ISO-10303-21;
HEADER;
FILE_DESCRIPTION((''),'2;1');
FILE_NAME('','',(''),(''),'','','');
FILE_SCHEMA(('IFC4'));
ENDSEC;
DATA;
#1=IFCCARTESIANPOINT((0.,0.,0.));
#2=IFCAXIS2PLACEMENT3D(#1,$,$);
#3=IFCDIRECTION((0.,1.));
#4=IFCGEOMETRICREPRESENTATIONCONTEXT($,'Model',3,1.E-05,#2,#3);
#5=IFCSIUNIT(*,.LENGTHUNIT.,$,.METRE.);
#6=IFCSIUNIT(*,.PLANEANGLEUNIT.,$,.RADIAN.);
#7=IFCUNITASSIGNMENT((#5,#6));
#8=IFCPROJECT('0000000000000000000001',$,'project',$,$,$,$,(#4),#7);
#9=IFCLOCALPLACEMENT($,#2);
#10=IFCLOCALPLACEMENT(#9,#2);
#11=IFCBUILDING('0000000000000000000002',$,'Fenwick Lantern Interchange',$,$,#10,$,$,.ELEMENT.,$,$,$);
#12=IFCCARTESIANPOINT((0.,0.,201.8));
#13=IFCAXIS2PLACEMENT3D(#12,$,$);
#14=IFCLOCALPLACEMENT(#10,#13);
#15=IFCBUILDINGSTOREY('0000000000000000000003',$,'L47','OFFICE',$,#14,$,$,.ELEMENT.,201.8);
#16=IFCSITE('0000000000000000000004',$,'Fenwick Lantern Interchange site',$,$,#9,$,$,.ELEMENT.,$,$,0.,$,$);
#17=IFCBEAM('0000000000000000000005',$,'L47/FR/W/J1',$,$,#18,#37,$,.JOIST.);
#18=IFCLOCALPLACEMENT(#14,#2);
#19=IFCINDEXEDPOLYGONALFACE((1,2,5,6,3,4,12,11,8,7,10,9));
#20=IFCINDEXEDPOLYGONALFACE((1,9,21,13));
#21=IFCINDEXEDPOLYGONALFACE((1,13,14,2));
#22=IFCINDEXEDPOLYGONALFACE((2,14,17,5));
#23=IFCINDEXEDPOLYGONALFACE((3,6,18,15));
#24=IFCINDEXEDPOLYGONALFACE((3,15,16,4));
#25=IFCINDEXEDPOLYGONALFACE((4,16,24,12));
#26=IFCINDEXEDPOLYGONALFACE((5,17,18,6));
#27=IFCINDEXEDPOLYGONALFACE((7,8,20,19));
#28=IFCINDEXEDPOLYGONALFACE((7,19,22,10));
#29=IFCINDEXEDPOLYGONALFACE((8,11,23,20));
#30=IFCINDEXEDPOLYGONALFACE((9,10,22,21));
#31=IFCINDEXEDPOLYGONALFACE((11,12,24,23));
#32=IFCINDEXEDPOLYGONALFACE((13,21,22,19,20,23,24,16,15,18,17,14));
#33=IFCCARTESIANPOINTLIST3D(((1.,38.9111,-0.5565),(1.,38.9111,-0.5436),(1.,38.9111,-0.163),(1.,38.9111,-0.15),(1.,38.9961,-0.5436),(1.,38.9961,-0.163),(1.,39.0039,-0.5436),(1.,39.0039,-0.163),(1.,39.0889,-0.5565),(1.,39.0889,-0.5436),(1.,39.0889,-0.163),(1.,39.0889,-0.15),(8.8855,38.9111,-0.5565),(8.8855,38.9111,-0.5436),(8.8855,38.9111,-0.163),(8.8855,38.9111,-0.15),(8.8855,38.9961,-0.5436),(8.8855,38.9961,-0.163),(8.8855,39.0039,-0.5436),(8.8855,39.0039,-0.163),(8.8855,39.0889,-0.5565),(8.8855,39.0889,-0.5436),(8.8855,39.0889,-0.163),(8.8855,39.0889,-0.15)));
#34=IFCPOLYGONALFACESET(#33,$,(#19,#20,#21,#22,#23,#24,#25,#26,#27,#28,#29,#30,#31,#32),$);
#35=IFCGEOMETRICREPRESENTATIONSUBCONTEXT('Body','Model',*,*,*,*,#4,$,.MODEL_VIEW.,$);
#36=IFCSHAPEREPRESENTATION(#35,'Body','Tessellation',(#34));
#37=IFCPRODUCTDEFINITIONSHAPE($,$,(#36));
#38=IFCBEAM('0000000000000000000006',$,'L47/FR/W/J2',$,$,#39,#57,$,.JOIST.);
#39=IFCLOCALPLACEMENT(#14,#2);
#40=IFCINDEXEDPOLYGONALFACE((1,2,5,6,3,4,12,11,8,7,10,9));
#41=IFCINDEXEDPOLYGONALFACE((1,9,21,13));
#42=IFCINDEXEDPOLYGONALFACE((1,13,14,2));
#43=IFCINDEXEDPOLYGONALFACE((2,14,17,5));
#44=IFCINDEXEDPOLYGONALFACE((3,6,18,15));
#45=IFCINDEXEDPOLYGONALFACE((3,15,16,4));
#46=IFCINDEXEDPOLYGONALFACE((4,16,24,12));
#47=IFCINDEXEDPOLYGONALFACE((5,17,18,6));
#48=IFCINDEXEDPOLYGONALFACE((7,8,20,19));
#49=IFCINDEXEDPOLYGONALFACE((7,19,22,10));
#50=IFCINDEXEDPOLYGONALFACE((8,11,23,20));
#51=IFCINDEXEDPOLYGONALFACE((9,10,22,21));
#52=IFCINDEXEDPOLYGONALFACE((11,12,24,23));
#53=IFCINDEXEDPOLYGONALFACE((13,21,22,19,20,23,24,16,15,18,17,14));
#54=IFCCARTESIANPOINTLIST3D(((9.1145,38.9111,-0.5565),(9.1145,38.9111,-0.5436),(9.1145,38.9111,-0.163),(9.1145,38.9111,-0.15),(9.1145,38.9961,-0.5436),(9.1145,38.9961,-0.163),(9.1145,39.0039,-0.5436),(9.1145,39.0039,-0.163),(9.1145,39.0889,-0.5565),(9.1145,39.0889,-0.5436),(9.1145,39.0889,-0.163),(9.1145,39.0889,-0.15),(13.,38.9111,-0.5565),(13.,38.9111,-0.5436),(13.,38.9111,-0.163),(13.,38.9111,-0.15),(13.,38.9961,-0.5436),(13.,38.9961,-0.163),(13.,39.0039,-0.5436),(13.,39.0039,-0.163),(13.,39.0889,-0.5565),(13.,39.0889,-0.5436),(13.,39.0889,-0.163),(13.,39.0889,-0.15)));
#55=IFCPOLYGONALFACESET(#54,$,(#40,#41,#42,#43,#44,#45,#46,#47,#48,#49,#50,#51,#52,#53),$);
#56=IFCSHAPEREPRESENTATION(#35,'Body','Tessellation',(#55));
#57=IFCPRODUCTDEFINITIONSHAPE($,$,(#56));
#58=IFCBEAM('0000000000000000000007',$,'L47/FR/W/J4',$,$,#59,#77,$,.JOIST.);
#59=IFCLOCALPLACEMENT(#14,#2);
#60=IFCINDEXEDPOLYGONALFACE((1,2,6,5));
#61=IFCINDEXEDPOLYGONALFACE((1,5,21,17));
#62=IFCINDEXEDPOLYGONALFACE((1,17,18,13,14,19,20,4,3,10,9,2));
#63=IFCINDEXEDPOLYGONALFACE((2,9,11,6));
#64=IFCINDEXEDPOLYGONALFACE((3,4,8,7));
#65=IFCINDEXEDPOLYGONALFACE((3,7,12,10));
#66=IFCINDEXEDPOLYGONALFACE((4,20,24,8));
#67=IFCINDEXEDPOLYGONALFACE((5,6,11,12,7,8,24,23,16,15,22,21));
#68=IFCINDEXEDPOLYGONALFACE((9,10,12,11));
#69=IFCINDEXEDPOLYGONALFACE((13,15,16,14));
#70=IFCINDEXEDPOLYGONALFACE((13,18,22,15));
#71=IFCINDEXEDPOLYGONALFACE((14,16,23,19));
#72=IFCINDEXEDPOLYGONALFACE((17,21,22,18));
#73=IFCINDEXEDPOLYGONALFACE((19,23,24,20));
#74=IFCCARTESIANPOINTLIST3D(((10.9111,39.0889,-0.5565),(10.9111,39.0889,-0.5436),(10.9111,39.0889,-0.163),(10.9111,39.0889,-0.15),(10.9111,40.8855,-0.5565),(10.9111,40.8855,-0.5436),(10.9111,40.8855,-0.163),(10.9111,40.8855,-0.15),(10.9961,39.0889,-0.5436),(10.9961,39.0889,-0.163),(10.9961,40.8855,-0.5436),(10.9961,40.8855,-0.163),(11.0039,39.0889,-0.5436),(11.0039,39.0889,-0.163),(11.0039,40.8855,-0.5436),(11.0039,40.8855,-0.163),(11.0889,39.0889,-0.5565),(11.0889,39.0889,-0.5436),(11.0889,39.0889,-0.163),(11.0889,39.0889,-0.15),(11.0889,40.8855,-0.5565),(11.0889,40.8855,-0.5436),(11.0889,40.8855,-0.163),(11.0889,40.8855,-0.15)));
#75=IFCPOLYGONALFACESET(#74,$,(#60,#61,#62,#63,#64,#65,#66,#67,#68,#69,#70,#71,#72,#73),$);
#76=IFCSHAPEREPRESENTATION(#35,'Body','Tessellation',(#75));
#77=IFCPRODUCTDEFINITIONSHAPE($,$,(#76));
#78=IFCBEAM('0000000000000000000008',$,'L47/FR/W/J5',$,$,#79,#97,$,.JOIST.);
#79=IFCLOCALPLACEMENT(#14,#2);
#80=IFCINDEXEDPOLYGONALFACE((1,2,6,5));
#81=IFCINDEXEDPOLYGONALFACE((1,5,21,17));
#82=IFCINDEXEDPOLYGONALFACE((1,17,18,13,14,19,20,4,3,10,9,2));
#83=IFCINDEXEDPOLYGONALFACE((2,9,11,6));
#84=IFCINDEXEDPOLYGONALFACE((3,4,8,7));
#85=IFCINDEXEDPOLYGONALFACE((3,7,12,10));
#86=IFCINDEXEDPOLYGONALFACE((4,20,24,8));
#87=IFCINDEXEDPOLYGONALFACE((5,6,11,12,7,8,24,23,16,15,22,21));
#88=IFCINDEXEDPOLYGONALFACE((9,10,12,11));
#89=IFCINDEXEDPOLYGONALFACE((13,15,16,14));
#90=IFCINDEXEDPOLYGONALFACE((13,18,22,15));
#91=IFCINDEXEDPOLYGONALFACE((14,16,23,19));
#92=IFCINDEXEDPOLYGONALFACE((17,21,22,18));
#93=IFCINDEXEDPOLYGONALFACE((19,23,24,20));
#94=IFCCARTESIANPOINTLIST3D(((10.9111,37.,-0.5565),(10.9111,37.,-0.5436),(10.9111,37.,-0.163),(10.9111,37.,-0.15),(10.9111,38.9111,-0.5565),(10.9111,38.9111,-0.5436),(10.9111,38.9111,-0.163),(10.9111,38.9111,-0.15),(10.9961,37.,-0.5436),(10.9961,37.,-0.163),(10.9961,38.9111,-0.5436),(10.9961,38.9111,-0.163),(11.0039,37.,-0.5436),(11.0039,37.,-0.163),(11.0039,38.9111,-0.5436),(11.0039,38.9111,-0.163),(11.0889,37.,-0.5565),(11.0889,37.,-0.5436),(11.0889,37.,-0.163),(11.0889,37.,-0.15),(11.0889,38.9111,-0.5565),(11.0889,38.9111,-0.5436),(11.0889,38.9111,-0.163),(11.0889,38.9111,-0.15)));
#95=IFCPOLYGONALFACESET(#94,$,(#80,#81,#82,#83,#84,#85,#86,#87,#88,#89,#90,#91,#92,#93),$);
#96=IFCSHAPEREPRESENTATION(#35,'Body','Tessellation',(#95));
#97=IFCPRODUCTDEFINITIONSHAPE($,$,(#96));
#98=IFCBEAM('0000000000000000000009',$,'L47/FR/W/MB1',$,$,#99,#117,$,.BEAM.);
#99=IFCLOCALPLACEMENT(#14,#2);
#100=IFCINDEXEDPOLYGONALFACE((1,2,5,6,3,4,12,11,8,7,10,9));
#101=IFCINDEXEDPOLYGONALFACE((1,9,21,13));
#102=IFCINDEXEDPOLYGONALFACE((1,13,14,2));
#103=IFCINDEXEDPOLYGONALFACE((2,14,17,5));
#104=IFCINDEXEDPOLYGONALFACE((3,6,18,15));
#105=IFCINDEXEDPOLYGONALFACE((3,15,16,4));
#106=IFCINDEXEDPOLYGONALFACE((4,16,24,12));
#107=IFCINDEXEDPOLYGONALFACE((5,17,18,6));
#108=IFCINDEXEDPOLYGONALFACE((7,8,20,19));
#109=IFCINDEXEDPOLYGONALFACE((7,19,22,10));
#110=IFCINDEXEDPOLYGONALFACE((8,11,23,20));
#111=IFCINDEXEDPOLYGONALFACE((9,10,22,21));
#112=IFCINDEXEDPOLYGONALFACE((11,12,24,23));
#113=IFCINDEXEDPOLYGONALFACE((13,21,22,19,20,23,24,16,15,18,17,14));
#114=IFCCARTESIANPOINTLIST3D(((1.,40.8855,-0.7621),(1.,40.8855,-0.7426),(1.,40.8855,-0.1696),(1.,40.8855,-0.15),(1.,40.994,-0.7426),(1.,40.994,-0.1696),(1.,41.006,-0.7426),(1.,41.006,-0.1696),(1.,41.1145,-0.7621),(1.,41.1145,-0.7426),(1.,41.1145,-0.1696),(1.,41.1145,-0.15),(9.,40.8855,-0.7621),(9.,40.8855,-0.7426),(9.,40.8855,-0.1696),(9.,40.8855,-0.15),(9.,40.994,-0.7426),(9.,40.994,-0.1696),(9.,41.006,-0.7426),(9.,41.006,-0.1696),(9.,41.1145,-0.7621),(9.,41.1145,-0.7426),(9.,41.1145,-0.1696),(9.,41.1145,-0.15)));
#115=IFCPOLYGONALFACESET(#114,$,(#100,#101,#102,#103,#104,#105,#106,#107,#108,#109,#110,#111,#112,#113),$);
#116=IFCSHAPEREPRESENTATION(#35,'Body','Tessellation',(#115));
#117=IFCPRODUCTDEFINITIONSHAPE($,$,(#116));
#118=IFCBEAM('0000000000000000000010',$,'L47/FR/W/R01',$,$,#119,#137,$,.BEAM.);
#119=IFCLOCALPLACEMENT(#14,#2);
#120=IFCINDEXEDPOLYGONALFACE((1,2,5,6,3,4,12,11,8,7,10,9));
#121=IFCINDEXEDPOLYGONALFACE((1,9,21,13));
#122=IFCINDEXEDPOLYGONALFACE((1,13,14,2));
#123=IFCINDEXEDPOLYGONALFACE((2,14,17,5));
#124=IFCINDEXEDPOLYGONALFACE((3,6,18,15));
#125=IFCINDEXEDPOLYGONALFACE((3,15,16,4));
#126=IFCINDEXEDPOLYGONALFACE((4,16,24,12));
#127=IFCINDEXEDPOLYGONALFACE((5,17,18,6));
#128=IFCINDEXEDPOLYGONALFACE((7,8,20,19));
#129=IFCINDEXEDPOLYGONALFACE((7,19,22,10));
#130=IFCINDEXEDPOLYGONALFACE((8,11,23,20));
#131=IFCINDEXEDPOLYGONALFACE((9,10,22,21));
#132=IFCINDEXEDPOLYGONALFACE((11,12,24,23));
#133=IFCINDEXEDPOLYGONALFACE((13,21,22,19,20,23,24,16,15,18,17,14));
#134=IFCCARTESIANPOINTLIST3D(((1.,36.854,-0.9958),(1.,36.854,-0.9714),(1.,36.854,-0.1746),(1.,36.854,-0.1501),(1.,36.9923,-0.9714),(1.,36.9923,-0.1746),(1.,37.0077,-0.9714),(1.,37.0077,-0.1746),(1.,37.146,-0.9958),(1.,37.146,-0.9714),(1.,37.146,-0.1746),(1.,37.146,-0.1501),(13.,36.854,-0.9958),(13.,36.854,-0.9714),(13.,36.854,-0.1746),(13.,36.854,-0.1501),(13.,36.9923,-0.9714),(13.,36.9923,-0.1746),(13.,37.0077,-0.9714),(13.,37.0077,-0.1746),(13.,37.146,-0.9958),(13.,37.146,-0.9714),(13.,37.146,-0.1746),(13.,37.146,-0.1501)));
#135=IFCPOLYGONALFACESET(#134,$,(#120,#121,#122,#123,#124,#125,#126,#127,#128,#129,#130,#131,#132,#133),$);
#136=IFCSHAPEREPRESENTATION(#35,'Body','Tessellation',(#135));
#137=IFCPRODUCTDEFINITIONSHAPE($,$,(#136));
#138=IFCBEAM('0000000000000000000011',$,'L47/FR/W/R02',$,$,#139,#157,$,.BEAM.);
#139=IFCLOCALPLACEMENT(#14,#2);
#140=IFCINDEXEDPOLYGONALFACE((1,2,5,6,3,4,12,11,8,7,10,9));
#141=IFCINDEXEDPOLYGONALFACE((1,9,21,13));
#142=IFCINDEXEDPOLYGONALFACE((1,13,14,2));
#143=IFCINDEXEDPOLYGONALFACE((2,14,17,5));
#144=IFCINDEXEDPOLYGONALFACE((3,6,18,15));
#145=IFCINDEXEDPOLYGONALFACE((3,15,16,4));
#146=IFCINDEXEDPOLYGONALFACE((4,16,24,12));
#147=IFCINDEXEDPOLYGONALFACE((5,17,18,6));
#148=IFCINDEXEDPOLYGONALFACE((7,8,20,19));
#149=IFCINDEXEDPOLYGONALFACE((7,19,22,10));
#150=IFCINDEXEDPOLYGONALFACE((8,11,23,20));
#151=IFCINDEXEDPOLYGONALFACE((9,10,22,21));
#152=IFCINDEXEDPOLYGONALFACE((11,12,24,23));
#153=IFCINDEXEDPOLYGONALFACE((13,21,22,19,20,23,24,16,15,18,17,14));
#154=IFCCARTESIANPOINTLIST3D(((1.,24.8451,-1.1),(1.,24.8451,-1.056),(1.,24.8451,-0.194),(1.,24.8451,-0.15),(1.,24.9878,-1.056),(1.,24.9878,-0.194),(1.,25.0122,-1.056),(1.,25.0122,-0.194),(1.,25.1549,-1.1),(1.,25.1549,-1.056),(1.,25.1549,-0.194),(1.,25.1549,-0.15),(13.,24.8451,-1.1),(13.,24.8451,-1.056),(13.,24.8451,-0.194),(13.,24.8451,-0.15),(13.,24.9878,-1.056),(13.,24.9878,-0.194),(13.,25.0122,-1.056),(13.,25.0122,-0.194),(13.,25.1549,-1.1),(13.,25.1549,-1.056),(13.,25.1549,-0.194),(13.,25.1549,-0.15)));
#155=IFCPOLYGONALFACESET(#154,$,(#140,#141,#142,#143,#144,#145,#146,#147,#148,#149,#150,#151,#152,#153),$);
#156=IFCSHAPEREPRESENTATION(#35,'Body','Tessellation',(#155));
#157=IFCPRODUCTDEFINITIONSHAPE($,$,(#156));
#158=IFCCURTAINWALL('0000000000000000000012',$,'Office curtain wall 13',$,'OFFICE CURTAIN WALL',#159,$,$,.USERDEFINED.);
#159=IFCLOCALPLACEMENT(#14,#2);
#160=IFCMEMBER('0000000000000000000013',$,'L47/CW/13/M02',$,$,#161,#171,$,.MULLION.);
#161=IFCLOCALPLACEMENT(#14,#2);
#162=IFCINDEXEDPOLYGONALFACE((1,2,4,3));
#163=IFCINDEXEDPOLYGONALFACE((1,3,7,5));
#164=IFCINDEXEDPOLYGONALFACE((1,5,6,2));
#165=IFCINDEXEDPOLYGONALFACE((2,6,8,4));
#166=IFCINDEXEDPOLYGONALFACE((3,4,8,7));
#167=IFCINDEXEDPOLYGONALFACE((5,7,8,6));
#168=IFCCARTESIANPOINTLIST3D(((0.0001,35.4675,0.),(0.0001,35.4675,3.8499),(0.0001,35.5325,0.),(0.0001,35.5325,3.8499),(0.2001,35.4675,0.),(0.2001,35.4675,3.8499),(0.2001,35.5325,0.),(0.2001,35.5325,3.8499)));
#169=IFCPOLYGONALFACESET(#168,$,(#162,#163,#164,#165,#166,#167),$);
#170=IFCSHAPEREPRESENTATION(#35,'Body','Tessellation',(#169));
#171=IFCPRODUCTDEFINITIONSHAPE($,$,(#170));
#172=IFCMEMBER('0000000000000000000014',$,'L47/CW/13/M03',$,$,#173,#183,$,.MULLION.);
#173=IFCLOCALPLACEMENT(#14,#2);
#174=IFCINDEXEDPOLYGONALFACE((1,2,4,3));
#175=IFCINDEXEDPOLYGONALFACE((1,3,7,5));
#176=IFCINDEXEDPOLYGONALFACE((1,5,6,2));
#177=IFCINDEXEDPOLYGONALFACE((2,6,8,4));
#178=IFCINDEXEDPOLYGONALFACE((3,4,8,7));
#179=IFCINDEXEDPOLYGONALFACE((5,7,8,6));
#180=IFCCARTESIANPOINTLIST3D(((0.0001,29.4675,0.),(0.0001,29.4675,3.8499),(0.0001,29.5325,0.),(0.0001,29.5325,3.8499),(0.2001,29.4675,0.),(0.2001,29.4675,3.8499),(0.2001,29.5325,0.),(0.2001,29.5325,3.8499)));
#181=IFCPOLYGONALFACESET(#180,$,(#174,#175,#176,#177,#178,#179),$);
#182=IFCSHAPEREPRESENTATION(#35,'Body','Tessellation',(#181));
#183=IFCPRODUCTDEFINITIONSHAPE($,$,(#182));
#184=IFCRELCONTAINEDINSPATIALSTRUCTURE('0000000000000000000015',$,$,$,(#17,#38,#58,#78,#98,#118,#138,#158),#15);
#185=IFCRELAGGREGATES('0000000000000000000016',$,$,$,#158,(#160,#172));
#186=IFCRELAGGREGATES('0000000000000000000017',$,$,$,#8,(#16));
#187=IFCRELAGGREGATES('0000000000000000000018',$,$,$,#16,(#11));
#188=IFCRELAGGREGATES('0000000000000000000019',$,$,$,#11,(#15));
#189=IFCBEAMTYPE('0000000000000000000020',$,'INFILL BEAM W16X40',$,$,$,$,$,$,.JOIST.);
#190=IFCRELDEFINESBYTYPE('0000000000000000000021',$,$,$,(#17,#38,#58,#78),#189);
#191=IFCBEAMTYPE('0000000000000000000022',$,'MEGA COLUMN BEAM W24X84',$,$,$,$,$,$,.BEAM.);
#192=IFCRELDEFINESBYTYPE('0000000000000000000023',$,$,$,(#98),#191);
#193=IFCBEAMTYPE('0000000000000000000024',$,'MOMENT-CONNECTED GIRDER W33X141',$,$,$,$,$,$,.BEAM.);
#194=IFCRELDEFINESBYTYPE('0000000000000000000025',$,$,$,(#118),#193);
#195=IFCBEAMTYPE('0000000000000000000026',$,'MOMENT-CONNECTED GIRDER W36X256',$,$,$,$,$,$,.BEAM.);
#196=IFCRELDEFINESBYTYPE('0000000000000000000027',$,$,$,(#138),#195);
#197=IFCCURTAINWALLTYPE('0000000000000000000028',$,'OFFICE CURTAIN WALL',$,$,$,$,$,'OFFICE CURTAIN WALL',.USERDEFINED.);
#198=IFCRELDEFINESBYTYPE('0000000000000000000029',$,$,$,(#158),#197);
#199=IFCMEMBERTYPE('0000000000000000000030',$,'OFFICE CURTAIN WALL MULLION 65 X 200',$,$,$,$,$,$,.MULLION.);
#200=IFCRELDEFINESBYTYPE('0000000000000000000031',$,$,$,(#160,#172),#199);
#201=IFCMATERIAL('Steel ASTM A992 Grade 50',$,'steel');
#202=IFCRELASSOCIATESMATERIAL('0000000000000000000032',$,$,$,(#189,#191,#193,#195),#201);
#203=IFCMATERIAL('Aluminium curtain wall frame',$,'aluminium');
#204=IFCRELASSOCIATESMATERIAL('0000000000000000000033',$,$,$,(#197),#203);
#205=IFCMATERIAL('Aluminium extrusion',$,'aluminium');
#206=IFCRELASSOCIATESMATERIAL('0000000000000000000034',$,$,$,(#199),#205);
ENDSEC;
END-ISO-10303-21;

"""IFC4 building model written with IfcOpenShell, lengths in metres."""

from ifc_helpers import new_model, si_unit, direction, frame, origin, origin_2d, place, context, subcontext, project, spatial, rectangle, i_section, extrude, material, material_profile, profile_set, type_object, element, aggregate, save


model = new_model("IFC4")

# Units and contexts
model_context = context("Model", 3, precision=1e-05, world=origin(), true_north=direction((0.0, 1.0)))
body_context = subcontext(model_context, "Body", "Model", "MODEL_VIEW")
ifc_project = project(units=[si_unit("LENGTHUNIT", "METRE"), si_unit("PLANEANGLEUNIT", "RADIAN")], contexts=[model_context])

# Site, building, storey
site_placement = place(None, origin())
site = spatial("IfcSite", under=ifc_project, at=site_placement, Name="Fenwick Lantern Interchange site", CompositionType="ELEMENT", RefElevation=0.0)
building_placement = place(site_placement, origin())
building = spatial("IfcBuilding", under=site, at=building_placement, Name="Fenwick Lantern Interchange", CompositionType="ELEMENT")
storey_placement = place(building_placement, frame((0.0, 0.0, 201.8)))
storey = spatial("IfcBuildingStorey", under=building, at=storey_placement, Name="L47", Description="OFFICE", CompositionType="ELEMENT", Elevation=201.8)

# Shared definitions
ifc_material_1 = material(Name="Steel ASTM A992 Grade 50", Category="steel")

# Beams
ifc_material_profile_1 = material_profile(ifc_material_1, i_section(OverallWidth=0.1777, OverallDepth=0.4065, WebThickness=0.0078, FlangeThickness=0.0129, at=origin_2d()), Name="W16X40")
ifc_profile_set_1 = profile_set([ifc_material_profile_1], Name="Steel ASTM A992 Grade 50")
beam_type_1 = type_object("IfcBeamType", Name="INFILL BEAM W16X40", PredefinedType="JOIST", material=ifc_profile_set_1)
beam_1_placement = place(storey_placement, frame((1.0, 39.0, -0.3533), z_axis=(1.0, 0.0, 0.0), x_axis=(0.0, 1.0, 0.0)))
element("IfcBeam", 1, at=beam_1_placement, inside=storey, type_object=beam_type_1, Name="L47/FR/W/J1", PredefinedType="JOIST", context=body_context, shape_type="SweptSolid", body=[
    extrude(i_section(OverallWidth=0.1777, OverallDepth=0.4065, WebThickness=0.0078, FlangeThickness=0.0129, at=origin_2d()), origin(), (0.0, 0.0, 1.0), 7.8855),
])
beam_2_placement = place(storey_placement, frame((9.1145, 39.0, -0.3533), z_axis=(1.0, 0.0, 0.0), x_axis=(0.0, 1.0, 0.0)))
element("IfcBeam", 2, at=beam_2_placement, inside=storey, type_object=beam_type_1, Name="L47/FR/W/J2", PredefinedType="JOIST", context=body_context, shape_type="SweptSolid", body=[
    extrude(i_section(OverallWidth=0.1777, OverallDepth=0.4065, WebThickness=0.0078, FlangeThickness=0.0129, at=origin_2d()), origin(), (0.0, 0.0, 1.0), 3.8855),
])
beam_3_placement = place(storey_placement, frame((11.0, 40.8855, -0.3533), z_axis=(0.0, -1.0, 0.0), x_axis=(1.0, 0.0, 0.0)))
element("IfcBeam", 3, at=beam_3_placement, inside=storey, type_object=beam_type_1, Name="L47/FR/W/J4", PredefinedType="JOIST", context=body_context, shape_type="SweptSolid", body=[
    extrude(i_section(OverallWidth=0.1777, OverallDepth=0.4065, WebThickness=0.0078, FlangeThickness=0.0129, at=origin_2d()), origin(), (0.0, 0.0, 1.0), 1.7966),
])
beam_4_placement = place(storey_placement, frame((11.0, 38.9111, -0.3533), z_axis=(0.0, -1.0, 0.0), x_axis=(1.0, 0.0, 0.0)))
element("IfcBeam", 4, at=beam_4_placement, inside=storey, type_object=beam_type_1, Name="L47/FR/W/J5", PredefinedType="JOIST", context=body_context, shape_type="SweptSolid", body=[
    extrude(i_section(OverallWidth=0.1777, OverallDepth=0.4065, WebThickness=0.0078, FlangeThickness=0.0129, at=origin_2d()), origin(), (0.0, 0.0, 1.0), 1.9111),
])
ifc_material_profile_2 = material_profile(ifc_material_1, i_section(OverallWidth=0.229, OverallDepth=0.6121, WebThickness=0.012, FlangeThickness=0.0195, at=origin_2d()), Name="W24X84")
ifc_profile_set_2 = profile_set([ifc_material_profile_2], Name="Steel ASTM A992 Grade 50")
beam_type_2 = type_object("IfcBeamType", Name="MEGA COLUMN BEAM W24X84", PredefinedType="BEAM", material=ifc_profile_set_2)
beam_5_placement = place(storey_placement, frame((9.0, 41.0, -0.4561), z_axis=(-1.0, 0.0, 0.0), x_axis=(0.0, -1.0, 0.0)))
element("IfcBeam", 5, at=beam_5_placement, inside=storey, type_object=beam_type_2, Name="L47/FR/W/MB1", PredefinedType="BEAM", context=body_context, shape_type="SweptSolid", body=[
    extrude(i_section(OverallWidth=0.229, OverallDepth=0.6121, WebThickness=0.012, FlangeThickness=0.0195, at=origin_2d()), origin(), (0.0, 0.0, 1.0), 8.0),
])
ifc_material_profile_3 = material_profile(ifc_material_1, i_section(OverallWidth=0.292, OverallDepth=0.8457, WebThickness=0.0154, FlangeThickness=0.0244, at=origin_2d()), Name="W33X141")
ifc_profile_set_3 = profile_set([ifc_material_profile_3], Name="Steel ASTM A992 Grade 50")
beam_type_3 = type_object("IfcBeamType", Name="MOMENT-CONNECTED GIRDER W33X141", PredefinedType="BEAM", material=ifc_profile_set_3)
beam_6_placement = place(storey_placement, frame((1.0, 37.0, -0.573), z_axis=(1.0, 0.0, 0.0), x_axis=(0.0, 1.0, 0.0)))
element("IfcBeam", 6, at=beam_6_placement, inside=storey, type_object=beam_type_3, Name="L47/FR/W/R01", PredefinedType="BEAM", context=body_context, shape_type="SweptSolid", body=[
    extrude(i_section(OverallWidth=0.292, OverallDepth=0.8457, WebThickness=0.0154, FlangeThickness=0.0244, at=origin_2d()), origin(), (0.0, 0.0, 1.0), 12.0),
])
ifc_material_profile_4 = material_profile(ifc_material_1, i_section(OverallWidth=0.3098, OverallDepth=0.95, WebThickness=0.0244, FlangeThickness=0.0439, at=origin_2d()), Name="W36X256")
ifc_profile_set_4 = profile_set([ifc_material_profile_4], Name="Steel ASTM A992 Grade 50")
beam_type_4 = type_object("IfcBeamType", Name="MOMENT-CONNECTED GIRDER W36X256", PredefinedType="BEAM", material=ifc_profile_set_4)
beam_7_placement = place(storey_placement, frame((1.0, 25.0, -0.625), z_axis=(1.0, 0.0, 0.0), x_axis=(0.0, 1.0, 0.0)))
element("IfcBeam", 7, at=beam_7_placement, inside=storey, type_object=beam_type_4, Name="L47/FR/W/R02", PredefinedType="BEAM", context=body_context, shape_type="SweptSolid", body=[
    extrude(i_section(OverallWidth=0.3098, OverallDepth=0.95, WebThickness=0.0244, FlangeThickness=0.0439, at=origin_2d()), origin(), (0.0, 0.0, 1.0), 12.0),
])

# Curtain wall, members
ifc_material_2 = material(Name="Aluminium curtain wall frame", Category="aluminium")
curtain_wall_type = type_object("IfcCurtainWallType", Name="OFFICE CURTAIN WALL", ElementType="OFFICE CURTAIN WALL", PredefinedType="USERDEFINED", material=ifc_material_2)
curtain_wall_placement = place(storey_placement, origin())
curtain_wall = element("IfcCurtainWall", 8, at=curtain_wall_placement, inside=storey, type_object=curtain_wall_type, Name="Office curtain wall 13", ObjectType="OFFICE CURTAIN WALL", PredefinedType="USERDEFINED")
ifc_material_3 = material(Name="Aluminium extrusion", Category="aluminium")
ifc_material_profile_5 = material_profile(ifc_material_3, rectangle(XDim=0.2, YDim=0.0649, at=origin_2d()), Name="OFFICE CURTAIN WALL MULLION 65 X 200")
ifc_profile_set_5 = profile_set([ifc_material_profile_5], Name="Aluminium extrusion")
member_type_1 = type_object("IfcMemberType", Name="OFFICE CURTAIN WALL MULLION 65 X 200", PredefinedType="MULLION", material=ifc_profile_set_5)
member_1_placement = place(storey_placement, frame((0.1001, 35.5, 0.0), z_axis=(0.0, 0.0, 1.0), x_axis=(1.0, 0.0, 0.0)))
member_1 = element("IfcMember", 9, at=member_1_placement, type_object=member_type_1, Name="L47/CW/13/M02", PredefinedType="MULLION", context=body_context, shape_type="SweptSolid", body=[
    extrude(rectangle(XDim=0.2, YDim=0.0649, at=origin_2d()), origin(), (0.0, 0.0, 1.0), 3.8499),
])
member_2_placement = place(storey_placement, frame((0.1001, 29.5, 0.0), z_axis=(0.0, 0.0, 1.0), x_axis=(1.0, 0.0, 0.0)))
member_2 = element("IfcMember", 10, at=member_2_placement, type_object=member_type_1, Name="L47/CW/13/M03", PredefinedType="MULLION", context=body_context, shape_type="SweptSolid", body=[
    extrude(rectangle(XDim=0.2, YDim=0.0649, at=origin_2d()), origin(), (0.0, 0.0, 1.0), 3.8499),
])
aggregate(curtain_wall, [member_1, member_2])

save(model, "model.ifc")
